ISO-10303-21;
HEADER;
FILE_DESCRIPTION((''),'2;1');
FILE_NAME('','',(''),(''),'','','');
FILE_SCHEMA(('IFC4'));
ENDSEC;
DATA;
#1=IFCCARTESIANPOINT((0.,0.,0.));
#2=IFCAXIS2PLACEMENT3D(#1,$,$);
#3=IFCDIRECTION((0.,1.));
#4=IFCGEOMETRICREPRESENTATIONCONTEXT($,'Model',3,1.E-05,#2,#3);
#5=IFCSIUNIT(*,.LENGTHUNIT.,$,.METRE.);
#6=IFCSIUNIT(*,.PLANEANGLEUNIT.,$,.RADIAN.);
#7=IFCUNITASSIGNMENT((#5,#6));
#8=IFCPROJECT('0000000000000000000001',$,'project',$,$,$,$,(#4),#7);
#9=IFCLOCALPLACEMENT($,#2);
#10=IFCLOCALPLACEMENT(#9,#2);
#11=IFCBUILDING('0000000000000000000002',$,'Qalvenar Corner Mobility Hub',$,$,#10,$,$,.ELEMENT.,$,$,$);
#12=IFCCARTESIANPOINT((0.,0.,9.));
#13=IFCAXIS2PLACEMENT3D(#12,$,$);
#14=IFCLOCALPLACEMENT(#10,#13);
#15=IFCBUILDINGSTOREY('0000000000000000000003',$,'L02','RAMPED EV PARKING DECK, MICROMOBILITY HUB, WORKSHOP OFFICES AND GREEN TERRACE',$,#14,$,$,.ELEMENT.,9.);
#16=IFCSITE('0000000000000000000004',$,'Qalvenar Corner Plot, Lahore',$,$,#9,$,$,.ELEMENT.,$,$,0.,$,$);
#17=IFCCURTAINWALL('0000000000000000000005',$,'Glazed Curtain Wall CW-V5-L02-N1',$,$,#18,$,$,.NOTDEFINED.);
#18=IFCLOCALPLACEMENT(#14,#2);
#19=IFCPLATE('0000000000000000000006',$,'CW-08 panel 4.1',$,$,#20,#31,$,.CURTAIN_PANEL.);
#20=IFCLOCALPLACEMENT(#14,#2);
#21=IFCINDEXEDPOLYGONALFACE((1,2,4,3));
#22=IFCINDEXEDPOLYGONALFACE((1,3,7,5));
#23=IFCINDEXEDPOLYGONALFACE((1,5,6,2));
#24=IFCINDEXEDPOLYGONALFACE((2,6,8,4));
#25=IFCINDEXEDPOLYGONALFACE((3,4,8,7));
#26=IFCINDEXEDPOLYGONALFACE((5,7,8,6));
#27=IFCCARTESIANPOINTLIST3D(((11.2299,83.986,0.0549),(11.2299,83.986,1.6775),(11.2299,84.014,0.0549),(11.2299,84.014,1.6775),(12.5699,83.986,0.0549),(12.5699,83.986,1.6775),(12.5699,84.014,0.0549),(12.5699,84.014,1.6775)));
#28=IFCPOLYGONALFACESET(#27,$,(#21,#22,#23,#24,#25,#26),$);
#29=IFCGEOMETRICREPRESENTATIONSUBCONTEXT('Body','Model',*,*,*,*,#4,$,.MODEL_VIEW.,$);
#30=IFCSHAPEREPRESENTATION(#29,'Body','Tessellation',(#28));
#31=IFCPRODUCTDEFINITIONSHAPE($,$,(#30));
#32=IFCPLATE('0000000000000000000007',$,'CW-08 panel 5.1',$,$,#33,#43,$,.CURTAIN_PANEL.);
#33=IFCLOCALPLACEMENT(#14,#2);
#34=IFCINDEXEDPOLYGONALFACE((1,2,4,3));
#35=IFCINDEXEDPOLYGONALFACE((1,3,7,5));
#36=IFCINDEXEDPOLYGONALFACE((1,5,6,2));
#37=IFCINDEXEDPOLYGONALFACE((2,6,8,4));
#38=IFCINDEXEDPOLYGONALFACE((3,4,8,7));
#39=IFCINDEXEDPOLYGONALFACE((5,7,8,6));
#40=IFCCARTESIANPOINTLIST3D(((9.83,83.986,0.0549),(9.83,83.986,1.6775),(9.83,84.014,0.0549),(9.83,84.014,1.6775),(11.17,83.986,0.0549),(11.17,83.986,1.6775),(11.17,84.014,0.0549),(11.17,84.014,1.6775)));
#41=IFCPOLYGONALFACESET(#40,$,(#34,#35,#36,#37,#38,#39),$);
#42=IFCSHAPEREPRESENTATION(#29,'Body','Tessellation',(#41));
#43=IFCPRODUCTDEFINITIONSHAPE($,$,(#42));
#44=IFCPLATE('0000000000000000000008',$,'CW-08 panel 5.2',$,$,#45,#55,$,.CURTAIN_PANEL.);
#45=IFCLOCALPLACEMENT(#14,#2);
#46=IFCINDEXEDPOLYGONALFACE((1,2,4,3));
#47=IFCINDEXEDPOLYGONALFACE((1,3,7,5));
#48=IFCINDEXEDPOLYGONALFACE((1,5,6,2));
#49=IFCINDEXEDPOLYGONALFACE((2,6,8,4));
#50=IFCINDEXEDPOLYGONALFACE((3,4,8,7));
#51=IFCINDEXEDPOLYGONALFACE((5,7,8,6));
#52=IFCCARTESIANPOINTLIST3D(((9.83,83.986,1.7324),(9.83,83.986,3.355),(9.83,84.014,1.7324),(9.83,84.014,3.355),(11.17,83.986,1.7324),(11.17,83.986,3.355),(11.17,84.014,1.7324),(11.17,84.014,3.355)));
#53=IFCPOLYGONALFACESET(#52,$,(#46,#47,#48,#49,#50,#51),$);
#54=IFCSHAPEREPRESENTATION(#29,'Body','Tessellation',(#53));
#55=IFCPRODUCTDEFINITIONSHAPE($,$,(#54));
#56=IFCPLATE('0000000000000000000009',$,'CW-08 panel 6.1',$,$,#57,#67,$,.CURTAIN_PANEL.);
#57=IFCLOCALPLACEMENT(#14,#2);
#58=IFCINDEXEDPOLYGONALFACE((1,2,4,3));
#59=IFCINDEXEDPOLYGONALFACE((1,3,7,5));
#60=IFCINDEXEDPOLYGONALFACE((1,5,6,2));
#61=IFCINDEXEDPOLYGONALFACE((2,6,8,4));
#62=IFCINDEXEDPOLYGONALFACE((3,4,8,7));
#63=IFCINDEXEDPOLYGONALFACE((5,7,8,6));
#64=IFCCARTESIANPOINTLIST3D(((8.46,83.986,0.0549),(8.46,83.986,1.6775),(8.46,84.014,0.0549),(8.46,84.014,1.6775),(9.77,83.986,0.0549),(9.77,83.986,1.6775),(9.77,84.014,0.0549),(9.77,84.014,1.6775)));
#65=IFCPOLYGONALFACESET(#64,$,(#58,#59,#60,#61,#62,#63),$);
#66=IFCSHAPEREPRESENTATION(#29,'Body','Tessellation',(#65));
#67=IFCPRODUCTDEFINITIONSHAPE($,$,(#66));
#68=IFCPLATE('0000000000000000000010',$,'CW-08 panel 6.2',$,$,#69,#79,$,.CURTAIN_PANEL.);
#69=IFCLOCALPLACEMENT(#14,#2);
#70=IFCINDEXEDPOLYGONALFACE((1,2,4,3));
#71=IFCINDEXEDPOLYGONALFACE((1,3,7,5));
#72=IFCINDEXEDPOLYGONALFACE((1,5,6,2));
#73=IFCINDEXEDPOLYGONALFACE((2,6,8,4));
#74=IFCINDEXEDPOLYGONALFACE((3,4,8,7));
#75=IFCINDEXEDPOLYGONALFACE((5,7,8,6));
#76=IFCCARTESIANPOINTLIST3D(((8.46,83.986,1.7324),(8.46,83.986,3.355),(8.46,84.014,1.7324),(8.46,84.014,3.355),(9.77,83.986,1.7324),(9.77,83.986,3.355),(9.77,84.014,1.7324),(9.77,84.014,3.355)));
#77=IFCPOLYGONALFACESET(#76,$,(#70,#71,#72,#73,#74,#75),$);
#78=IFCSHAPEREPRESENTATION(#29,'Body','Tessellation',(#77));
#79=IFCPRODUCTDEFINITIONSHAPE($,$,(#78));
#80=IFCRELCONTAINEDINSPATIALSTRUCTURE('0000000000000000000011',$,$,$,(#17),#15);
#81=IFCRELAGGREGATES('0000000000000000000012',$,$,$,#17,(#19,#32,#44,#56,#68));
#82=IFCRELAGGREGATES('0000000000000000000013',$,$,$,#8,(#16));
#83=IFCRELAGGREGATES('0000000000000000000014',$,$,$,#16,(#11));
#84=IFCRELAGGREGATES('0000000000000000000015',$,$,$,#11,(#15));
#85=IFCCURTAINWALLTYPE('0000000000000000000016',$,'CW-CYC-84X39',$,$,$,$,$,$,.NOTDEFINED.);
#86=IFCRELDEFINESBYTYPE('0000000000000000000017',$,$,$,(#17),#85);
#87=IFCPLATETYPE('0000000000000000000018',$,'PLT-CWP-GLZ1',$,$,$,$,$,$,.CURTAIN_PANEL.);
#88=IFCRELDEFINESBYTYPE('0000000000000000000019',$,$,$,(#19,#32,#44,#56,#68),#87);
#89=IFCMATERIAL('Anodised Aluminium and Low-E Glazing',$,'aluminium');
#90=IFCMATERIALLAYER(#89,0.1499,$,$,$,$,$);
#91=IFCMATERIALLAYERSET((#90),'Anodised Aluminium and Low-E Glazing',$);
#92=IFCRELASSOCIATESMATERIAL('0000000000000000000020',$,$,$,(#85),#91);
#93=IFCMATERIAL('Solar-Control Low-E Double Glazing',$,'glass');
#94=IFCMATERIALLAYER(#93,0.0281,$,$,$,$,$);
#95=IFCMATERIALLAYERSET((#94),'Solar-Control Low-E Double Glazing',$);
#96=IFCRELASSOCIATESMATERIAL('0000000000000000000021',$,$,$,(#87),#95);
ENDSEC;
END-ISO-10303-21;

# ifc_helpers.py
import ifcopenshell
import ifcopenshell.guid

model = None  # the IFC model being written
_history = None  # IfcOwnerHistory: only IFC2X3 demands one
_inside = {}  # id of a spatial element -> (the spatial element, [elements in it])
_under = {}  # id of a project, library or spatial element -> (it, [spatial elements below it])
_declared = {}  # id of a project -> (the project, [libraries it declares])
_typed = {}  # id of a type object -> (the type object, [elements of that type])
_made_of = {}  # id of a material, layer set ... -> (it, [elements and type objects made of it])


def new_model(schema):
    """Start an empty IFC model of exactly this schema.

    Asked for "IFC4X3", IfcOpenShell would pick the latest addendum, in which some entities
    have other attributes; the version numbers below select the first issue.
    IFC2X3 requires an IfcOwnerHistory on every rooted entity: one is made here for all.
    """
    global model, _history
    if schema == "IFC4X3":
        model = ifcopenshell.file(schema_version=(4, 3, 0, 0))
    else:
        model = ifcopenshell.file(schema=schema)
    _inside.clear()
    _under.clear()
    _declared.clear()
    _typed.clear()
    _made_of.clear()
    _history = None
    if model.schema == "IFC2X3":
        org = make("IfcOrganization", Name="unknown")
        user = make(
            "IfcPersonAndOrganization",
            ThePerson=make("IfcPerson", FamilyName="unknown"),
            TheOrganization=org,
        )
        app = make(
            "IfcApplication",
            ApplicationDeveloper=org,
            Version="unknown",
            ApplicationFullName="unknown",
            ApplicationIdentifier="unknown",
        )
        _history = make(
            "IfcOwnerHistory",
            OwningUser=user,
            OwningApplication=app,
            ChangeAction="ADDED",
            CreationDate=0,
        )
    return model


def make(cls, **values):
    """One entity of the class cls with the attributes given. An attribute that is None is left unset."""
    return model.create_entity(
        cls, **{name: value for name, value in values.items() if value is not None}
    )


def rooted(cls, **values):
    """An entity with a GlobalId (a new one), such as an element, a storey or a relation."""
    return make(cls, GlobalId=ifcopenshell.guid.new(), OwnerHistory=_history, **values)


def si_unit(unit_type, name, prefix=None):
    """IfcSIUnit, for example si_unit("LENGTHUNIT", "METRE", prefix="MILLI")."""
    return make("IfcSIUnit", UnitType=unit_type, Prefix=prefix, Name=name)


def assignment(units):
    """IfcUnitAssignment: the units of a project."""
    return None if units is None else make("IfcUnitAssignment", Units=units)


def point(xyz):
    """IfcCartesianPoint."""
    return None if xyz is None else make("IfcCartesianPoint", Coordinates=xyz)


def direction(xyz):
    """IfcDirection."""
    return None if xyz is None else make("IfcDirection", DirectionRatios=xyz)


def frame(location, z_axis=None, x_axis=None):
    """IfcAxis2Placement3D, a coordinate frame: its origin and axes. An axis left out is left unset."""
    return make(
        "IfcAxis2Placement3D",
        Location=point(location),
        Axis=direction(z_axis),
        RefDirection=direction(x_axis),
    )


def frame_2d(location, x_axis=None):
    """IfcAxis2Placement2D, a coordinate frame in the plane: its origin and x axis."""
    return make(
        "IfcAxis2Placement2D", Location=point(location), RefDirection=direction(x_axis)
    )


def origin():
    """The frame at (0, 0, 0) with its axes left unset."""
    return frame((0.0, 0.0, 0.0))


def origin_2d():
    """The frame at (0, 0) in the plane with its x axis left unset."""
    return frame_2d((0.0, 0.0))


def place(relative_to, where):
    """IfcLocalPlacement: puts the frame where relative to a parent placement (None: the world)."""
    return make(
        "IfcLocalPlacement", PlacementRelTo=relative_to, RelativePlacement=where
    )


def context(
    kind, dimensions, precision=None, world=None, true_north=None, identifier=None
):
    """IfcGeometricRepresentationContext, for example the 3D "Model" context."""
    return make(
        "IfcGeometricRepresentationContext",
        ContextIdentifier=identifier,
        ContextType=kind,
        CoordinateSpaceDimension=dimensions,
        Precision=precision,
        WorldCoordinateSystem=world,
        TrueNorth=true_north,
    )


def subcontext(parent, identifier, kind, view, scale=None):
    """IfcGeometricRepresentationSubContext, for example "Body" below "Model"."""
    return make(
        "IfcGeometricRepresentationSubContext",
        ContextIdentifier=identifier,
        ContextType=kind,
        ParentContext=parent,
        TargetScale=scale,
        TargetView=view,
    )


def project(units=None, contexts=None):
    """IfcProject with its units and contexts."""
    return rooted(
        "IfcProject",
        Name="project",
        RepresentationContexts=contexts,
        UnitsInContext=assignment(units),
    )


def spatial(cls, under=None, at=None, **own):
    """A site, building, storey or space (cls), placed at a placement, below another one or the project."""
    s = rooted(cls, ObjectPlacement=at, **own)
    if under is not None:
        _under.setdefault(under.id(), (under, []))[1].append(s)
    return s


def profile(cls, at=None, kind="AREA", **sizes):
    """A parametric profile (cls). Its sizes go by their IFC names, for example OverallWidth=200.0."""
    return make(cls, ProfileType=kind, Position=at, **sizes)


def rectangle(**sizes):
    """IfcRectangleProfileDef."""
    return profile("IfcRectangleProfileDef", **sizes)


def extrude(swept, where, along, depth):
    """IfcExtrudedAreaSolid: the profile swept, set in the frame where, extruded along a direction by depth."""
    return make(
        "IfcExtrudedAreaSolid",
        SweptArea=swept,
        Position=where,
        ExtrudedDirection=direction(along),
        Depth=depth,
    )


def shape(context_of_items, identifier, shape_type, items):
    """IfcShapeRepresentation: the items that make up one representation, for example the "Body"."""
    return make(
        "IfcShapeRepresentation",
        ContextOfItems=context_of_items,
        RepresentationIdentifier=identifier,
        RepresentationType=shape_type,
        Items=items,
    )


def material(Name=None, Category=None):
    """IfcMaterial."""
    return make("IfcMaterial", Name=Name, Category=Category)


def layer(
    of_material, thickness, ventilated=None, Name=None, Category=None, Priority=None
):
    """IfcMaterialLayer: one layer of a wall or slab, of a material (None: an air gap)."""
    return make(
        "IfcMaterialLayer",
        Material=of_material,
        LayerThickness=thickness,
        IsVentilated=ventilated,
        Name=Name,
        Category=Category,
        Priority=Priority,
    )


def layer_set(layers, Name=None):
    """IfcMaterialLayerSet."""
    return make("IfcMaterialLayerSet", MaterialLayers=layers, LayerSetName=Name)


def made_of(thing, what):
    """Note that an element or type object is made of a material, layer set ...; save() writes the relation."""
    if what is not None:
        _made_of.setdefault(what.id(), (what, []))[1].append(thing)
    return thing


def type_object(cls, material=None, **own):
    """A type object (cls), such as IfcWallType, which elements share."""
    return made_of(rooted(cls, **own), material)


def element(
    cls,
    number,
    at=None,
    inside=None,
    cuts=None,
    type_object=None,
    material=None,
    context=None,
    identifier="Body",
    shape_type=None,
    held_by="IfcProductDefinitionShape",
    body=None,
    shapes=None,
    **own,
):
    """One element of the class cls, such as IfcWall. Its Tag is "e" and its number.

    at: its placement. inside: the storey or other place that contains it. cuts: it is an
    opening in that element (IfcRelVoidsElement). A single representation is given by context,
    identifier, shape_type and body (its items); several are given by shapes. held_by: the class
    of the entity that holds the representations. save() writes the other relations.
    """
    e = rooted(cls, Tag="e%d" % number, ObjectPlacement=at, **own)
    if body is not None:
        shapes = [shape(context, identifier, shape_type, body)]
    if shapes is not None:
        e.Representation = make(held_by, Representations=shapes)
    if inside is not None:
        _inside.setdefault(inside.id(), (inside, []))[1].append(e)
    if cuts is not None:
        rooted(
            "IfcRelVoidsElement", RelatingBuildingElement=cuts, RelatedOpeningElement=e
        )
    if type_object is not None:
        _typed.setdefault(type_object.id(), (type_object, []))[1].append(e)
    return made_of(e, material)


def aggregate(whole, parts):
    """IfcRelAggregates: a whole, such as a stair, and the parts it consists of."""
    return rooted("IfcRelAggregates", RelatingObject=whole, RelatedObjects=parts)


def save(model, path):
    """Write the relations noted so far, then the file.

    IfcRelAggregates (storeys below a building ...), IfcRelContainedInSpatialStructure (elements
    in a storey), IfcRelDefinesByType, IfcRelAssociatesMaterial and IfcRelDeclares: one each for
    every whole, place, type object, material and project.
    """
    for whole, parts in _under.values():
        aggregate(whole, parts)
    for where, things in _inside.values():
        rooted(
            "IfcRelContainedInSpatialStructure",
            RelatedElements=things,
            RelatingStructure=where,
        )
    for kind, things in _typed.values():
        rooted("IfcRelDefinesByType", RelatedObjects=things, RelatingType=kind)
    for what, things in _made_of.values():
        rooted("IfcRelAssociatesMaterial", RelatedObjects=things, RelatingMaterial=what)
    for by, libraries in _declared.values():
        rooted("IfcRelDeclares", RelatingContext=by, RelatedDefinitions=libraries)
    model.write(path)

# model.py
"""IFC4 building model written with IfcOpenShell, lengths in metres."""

from ifc_helpers import new_model, si_unit, direction, frame, origin, origin_2d, place, context, subcontext, project, spatial, rectangle, extrude, material, layer, layer_set, type_object, element, aggregate, save


model = new_model("IFC4")

# Units and contexts
model_context = context("Model", 3, precision=1e-05, world=origin(), true_north=direction((0.0, 1.0)))
body_context = subcontext(model_context, "Body", "Model", "MODEL_VIEW")
ifc_project = project(units=[si_unit("LENGTHUNIT", "METRE"), si_unit("PLANEANGLEUNIT", "RADIAN")], contexts=[model_context])

# Site, building, storey
site_placement = place(None, origin())
site = spatial("IfcSite", under=ifc_project, at=site_placement, Name="Qalvenar Corner Plot, Lahore", CompositionType="ELEMENT", RefElevation=0.0)
building_placement = place(site_placement, origin())
building = spatial("IfcBuilding", under=site, at=building_placement, Name="Qalvenar Corner Mobility Hub", CompositionType="ELEMENT")
storey_placement = place(building_placement, frame((0.0, 0.0, 9.0)))
storey = spatial("IfcBuildingStorey", under=building, at=storey_placement, Name="L02", Description="RAMPED EV PARKING DECK, MICROMOBILITY HUB, WORKSHOP OFFICES AND GREEN TERRACE", CompositionType="ELEMENT", Elevation=9.0)

# Curtain wall
ifc_material_1 = material(Name="Anodised Aluminium and Low-E Glazing", Category="aluminium")
ifc_layer_1 = layer(ifc_material_1, 0.1499)
ifc_layer_set_1 = layer_set([ifc_layer_1], Name="Anodised Aluminium and Low-E Glazing")
curtain_wall_type = type_object("IfcCurtainWallType", Name="CW-CYC-84X39", PredefinedType="NOTDEFINED", material=ifc_layer_set_1)
curtain_wall_1_placement = place(storey_placement, origin())
curtain_wall_1 = element("IfcCurtainWall", 1, at=curtain_wall_1_placement, inside=storey, type_object=curtain_wall_type, Name="Glazed Curtain Wall CW-V5-L02-N1", PredefinedType="NOTDEFINED")

# Plates
ifc_material_2 = material(Name="Solar-Control Low-E Double Glazing", Category="glass")
ifc_layer_2 = layer(ifc_material_2, 0.0281)
ifc_layer_set_2 = layer_set([ifc_layer_2], Name="Solar-Control Low-E Double Glazing")
plate_type = type_object("IfcPlateType", Name="PLT-CWP-GLZ1", PredefinedType="CURTAIN_PANEL", material=ifc_layer_set_2)
plate_1_placement = place(storey_placement, frame((11.8999, 84.0, 0.0549), z_axis=(0.0, 0.0, 1.0), x_axis=(-1.0, 0.0, 0.0)))
plate_1 = element("IfcPlate", 2, at=plate_1_placement, type_object=plate_type, Name="CW-08 panel 4.1", PredefinedType="CURTAIN_PANEL", context=body_context, shape_type="SweptSolid", body=[
    extrude(rectangle(XDim=1.3401, YDim=0.0281, at=origin_2d()), origin(), (0.0, 0.0, 1.0), 1.6226),
])
plate_2_placement = place(storey_placement, frame((10.5, 84.0, 0.0549), z_axis=(0.0, 0.0, 1.0), x_axis=(-1.0, 0.0, 0.0)))
plate_2 = element("IfcPlate", 3, at=plate_2_placement, type_object=plate_type, Name="CW-08 panel 5.1", PredefinedType="CURTAIN_PANEL", context=body_context, shape_type="SweptSolid", body=[
    extrude(rectangle(XDim=1.3401, YDim=0.0281, at=origin_2d()), origin(), (0.0, 0.0, 1.0), 1.6226),
])
plate_3_placement = place(storey_placement, frame((10.5, 84.0, 1.7324), z_axis=(0.0, 0.0, 1.0), x_axis=(-1.0, 0.0, 0.0)))
plate_3 = element("IfcPlate", 4, at=plate_3_placement, type_object=plate_type, Name="CW-08 panel 5.2", PredefinedType="CURTAIN_PANEL", context=body_context, shape_type="SweptSolid", body=[
    extrude(rectangle(XDim=1.3401, YDim=0.0281, at=origin_2d()), origin(), (0.0, 0.0, 1.0), 1.6226),
])
plate_4_placement = place(storey_placement, frame((9.115, 84.0, 0.0549), z_axis=(0.0, 0.0, 1.0), x_axis=(-1.0, 0.0, 0.0)))
plate_4 = element("IfcPlate", 5, at=plate_4_placement, type_object=plate_type, Name="CW-08 panel 6.1", PredefinedType="CURTAIN_PANEL", context=body_context, shape_type="SweptSolid", body=[
    extrude(rectangle(XDim=1.3101, YDim=0.0281, at=origin_2d()), origin(), (0.0, 0.0, 1.0), 1.6226),
])
plate_5_placement = place(storey_placement, frame((9.115, 84.0, 1.7324), z_axis=(0.0, 0.0, 1.0), x_axis=(-1.0, 0.0, 0.0)))
plate_5 = element("IfcPlate", 6, at=plate_5_placement, type_object=plate_type, Name="CW-08 panel 6.2", PredefinedType="CURTAIN_PANEL", context=body_context, shape_type="SweptSolid", body=[
    extrude(rectangle(XDim=1.3101, YDim=0.0281, at=origin_2d()), origin(), (0.0, 0.0, 1.0), 1.6226),
])
aggregate(curtain_wall_1, [plate_1, plate_2, plate_3, plate_4, plate_5])

save(model, "model.ifc")
